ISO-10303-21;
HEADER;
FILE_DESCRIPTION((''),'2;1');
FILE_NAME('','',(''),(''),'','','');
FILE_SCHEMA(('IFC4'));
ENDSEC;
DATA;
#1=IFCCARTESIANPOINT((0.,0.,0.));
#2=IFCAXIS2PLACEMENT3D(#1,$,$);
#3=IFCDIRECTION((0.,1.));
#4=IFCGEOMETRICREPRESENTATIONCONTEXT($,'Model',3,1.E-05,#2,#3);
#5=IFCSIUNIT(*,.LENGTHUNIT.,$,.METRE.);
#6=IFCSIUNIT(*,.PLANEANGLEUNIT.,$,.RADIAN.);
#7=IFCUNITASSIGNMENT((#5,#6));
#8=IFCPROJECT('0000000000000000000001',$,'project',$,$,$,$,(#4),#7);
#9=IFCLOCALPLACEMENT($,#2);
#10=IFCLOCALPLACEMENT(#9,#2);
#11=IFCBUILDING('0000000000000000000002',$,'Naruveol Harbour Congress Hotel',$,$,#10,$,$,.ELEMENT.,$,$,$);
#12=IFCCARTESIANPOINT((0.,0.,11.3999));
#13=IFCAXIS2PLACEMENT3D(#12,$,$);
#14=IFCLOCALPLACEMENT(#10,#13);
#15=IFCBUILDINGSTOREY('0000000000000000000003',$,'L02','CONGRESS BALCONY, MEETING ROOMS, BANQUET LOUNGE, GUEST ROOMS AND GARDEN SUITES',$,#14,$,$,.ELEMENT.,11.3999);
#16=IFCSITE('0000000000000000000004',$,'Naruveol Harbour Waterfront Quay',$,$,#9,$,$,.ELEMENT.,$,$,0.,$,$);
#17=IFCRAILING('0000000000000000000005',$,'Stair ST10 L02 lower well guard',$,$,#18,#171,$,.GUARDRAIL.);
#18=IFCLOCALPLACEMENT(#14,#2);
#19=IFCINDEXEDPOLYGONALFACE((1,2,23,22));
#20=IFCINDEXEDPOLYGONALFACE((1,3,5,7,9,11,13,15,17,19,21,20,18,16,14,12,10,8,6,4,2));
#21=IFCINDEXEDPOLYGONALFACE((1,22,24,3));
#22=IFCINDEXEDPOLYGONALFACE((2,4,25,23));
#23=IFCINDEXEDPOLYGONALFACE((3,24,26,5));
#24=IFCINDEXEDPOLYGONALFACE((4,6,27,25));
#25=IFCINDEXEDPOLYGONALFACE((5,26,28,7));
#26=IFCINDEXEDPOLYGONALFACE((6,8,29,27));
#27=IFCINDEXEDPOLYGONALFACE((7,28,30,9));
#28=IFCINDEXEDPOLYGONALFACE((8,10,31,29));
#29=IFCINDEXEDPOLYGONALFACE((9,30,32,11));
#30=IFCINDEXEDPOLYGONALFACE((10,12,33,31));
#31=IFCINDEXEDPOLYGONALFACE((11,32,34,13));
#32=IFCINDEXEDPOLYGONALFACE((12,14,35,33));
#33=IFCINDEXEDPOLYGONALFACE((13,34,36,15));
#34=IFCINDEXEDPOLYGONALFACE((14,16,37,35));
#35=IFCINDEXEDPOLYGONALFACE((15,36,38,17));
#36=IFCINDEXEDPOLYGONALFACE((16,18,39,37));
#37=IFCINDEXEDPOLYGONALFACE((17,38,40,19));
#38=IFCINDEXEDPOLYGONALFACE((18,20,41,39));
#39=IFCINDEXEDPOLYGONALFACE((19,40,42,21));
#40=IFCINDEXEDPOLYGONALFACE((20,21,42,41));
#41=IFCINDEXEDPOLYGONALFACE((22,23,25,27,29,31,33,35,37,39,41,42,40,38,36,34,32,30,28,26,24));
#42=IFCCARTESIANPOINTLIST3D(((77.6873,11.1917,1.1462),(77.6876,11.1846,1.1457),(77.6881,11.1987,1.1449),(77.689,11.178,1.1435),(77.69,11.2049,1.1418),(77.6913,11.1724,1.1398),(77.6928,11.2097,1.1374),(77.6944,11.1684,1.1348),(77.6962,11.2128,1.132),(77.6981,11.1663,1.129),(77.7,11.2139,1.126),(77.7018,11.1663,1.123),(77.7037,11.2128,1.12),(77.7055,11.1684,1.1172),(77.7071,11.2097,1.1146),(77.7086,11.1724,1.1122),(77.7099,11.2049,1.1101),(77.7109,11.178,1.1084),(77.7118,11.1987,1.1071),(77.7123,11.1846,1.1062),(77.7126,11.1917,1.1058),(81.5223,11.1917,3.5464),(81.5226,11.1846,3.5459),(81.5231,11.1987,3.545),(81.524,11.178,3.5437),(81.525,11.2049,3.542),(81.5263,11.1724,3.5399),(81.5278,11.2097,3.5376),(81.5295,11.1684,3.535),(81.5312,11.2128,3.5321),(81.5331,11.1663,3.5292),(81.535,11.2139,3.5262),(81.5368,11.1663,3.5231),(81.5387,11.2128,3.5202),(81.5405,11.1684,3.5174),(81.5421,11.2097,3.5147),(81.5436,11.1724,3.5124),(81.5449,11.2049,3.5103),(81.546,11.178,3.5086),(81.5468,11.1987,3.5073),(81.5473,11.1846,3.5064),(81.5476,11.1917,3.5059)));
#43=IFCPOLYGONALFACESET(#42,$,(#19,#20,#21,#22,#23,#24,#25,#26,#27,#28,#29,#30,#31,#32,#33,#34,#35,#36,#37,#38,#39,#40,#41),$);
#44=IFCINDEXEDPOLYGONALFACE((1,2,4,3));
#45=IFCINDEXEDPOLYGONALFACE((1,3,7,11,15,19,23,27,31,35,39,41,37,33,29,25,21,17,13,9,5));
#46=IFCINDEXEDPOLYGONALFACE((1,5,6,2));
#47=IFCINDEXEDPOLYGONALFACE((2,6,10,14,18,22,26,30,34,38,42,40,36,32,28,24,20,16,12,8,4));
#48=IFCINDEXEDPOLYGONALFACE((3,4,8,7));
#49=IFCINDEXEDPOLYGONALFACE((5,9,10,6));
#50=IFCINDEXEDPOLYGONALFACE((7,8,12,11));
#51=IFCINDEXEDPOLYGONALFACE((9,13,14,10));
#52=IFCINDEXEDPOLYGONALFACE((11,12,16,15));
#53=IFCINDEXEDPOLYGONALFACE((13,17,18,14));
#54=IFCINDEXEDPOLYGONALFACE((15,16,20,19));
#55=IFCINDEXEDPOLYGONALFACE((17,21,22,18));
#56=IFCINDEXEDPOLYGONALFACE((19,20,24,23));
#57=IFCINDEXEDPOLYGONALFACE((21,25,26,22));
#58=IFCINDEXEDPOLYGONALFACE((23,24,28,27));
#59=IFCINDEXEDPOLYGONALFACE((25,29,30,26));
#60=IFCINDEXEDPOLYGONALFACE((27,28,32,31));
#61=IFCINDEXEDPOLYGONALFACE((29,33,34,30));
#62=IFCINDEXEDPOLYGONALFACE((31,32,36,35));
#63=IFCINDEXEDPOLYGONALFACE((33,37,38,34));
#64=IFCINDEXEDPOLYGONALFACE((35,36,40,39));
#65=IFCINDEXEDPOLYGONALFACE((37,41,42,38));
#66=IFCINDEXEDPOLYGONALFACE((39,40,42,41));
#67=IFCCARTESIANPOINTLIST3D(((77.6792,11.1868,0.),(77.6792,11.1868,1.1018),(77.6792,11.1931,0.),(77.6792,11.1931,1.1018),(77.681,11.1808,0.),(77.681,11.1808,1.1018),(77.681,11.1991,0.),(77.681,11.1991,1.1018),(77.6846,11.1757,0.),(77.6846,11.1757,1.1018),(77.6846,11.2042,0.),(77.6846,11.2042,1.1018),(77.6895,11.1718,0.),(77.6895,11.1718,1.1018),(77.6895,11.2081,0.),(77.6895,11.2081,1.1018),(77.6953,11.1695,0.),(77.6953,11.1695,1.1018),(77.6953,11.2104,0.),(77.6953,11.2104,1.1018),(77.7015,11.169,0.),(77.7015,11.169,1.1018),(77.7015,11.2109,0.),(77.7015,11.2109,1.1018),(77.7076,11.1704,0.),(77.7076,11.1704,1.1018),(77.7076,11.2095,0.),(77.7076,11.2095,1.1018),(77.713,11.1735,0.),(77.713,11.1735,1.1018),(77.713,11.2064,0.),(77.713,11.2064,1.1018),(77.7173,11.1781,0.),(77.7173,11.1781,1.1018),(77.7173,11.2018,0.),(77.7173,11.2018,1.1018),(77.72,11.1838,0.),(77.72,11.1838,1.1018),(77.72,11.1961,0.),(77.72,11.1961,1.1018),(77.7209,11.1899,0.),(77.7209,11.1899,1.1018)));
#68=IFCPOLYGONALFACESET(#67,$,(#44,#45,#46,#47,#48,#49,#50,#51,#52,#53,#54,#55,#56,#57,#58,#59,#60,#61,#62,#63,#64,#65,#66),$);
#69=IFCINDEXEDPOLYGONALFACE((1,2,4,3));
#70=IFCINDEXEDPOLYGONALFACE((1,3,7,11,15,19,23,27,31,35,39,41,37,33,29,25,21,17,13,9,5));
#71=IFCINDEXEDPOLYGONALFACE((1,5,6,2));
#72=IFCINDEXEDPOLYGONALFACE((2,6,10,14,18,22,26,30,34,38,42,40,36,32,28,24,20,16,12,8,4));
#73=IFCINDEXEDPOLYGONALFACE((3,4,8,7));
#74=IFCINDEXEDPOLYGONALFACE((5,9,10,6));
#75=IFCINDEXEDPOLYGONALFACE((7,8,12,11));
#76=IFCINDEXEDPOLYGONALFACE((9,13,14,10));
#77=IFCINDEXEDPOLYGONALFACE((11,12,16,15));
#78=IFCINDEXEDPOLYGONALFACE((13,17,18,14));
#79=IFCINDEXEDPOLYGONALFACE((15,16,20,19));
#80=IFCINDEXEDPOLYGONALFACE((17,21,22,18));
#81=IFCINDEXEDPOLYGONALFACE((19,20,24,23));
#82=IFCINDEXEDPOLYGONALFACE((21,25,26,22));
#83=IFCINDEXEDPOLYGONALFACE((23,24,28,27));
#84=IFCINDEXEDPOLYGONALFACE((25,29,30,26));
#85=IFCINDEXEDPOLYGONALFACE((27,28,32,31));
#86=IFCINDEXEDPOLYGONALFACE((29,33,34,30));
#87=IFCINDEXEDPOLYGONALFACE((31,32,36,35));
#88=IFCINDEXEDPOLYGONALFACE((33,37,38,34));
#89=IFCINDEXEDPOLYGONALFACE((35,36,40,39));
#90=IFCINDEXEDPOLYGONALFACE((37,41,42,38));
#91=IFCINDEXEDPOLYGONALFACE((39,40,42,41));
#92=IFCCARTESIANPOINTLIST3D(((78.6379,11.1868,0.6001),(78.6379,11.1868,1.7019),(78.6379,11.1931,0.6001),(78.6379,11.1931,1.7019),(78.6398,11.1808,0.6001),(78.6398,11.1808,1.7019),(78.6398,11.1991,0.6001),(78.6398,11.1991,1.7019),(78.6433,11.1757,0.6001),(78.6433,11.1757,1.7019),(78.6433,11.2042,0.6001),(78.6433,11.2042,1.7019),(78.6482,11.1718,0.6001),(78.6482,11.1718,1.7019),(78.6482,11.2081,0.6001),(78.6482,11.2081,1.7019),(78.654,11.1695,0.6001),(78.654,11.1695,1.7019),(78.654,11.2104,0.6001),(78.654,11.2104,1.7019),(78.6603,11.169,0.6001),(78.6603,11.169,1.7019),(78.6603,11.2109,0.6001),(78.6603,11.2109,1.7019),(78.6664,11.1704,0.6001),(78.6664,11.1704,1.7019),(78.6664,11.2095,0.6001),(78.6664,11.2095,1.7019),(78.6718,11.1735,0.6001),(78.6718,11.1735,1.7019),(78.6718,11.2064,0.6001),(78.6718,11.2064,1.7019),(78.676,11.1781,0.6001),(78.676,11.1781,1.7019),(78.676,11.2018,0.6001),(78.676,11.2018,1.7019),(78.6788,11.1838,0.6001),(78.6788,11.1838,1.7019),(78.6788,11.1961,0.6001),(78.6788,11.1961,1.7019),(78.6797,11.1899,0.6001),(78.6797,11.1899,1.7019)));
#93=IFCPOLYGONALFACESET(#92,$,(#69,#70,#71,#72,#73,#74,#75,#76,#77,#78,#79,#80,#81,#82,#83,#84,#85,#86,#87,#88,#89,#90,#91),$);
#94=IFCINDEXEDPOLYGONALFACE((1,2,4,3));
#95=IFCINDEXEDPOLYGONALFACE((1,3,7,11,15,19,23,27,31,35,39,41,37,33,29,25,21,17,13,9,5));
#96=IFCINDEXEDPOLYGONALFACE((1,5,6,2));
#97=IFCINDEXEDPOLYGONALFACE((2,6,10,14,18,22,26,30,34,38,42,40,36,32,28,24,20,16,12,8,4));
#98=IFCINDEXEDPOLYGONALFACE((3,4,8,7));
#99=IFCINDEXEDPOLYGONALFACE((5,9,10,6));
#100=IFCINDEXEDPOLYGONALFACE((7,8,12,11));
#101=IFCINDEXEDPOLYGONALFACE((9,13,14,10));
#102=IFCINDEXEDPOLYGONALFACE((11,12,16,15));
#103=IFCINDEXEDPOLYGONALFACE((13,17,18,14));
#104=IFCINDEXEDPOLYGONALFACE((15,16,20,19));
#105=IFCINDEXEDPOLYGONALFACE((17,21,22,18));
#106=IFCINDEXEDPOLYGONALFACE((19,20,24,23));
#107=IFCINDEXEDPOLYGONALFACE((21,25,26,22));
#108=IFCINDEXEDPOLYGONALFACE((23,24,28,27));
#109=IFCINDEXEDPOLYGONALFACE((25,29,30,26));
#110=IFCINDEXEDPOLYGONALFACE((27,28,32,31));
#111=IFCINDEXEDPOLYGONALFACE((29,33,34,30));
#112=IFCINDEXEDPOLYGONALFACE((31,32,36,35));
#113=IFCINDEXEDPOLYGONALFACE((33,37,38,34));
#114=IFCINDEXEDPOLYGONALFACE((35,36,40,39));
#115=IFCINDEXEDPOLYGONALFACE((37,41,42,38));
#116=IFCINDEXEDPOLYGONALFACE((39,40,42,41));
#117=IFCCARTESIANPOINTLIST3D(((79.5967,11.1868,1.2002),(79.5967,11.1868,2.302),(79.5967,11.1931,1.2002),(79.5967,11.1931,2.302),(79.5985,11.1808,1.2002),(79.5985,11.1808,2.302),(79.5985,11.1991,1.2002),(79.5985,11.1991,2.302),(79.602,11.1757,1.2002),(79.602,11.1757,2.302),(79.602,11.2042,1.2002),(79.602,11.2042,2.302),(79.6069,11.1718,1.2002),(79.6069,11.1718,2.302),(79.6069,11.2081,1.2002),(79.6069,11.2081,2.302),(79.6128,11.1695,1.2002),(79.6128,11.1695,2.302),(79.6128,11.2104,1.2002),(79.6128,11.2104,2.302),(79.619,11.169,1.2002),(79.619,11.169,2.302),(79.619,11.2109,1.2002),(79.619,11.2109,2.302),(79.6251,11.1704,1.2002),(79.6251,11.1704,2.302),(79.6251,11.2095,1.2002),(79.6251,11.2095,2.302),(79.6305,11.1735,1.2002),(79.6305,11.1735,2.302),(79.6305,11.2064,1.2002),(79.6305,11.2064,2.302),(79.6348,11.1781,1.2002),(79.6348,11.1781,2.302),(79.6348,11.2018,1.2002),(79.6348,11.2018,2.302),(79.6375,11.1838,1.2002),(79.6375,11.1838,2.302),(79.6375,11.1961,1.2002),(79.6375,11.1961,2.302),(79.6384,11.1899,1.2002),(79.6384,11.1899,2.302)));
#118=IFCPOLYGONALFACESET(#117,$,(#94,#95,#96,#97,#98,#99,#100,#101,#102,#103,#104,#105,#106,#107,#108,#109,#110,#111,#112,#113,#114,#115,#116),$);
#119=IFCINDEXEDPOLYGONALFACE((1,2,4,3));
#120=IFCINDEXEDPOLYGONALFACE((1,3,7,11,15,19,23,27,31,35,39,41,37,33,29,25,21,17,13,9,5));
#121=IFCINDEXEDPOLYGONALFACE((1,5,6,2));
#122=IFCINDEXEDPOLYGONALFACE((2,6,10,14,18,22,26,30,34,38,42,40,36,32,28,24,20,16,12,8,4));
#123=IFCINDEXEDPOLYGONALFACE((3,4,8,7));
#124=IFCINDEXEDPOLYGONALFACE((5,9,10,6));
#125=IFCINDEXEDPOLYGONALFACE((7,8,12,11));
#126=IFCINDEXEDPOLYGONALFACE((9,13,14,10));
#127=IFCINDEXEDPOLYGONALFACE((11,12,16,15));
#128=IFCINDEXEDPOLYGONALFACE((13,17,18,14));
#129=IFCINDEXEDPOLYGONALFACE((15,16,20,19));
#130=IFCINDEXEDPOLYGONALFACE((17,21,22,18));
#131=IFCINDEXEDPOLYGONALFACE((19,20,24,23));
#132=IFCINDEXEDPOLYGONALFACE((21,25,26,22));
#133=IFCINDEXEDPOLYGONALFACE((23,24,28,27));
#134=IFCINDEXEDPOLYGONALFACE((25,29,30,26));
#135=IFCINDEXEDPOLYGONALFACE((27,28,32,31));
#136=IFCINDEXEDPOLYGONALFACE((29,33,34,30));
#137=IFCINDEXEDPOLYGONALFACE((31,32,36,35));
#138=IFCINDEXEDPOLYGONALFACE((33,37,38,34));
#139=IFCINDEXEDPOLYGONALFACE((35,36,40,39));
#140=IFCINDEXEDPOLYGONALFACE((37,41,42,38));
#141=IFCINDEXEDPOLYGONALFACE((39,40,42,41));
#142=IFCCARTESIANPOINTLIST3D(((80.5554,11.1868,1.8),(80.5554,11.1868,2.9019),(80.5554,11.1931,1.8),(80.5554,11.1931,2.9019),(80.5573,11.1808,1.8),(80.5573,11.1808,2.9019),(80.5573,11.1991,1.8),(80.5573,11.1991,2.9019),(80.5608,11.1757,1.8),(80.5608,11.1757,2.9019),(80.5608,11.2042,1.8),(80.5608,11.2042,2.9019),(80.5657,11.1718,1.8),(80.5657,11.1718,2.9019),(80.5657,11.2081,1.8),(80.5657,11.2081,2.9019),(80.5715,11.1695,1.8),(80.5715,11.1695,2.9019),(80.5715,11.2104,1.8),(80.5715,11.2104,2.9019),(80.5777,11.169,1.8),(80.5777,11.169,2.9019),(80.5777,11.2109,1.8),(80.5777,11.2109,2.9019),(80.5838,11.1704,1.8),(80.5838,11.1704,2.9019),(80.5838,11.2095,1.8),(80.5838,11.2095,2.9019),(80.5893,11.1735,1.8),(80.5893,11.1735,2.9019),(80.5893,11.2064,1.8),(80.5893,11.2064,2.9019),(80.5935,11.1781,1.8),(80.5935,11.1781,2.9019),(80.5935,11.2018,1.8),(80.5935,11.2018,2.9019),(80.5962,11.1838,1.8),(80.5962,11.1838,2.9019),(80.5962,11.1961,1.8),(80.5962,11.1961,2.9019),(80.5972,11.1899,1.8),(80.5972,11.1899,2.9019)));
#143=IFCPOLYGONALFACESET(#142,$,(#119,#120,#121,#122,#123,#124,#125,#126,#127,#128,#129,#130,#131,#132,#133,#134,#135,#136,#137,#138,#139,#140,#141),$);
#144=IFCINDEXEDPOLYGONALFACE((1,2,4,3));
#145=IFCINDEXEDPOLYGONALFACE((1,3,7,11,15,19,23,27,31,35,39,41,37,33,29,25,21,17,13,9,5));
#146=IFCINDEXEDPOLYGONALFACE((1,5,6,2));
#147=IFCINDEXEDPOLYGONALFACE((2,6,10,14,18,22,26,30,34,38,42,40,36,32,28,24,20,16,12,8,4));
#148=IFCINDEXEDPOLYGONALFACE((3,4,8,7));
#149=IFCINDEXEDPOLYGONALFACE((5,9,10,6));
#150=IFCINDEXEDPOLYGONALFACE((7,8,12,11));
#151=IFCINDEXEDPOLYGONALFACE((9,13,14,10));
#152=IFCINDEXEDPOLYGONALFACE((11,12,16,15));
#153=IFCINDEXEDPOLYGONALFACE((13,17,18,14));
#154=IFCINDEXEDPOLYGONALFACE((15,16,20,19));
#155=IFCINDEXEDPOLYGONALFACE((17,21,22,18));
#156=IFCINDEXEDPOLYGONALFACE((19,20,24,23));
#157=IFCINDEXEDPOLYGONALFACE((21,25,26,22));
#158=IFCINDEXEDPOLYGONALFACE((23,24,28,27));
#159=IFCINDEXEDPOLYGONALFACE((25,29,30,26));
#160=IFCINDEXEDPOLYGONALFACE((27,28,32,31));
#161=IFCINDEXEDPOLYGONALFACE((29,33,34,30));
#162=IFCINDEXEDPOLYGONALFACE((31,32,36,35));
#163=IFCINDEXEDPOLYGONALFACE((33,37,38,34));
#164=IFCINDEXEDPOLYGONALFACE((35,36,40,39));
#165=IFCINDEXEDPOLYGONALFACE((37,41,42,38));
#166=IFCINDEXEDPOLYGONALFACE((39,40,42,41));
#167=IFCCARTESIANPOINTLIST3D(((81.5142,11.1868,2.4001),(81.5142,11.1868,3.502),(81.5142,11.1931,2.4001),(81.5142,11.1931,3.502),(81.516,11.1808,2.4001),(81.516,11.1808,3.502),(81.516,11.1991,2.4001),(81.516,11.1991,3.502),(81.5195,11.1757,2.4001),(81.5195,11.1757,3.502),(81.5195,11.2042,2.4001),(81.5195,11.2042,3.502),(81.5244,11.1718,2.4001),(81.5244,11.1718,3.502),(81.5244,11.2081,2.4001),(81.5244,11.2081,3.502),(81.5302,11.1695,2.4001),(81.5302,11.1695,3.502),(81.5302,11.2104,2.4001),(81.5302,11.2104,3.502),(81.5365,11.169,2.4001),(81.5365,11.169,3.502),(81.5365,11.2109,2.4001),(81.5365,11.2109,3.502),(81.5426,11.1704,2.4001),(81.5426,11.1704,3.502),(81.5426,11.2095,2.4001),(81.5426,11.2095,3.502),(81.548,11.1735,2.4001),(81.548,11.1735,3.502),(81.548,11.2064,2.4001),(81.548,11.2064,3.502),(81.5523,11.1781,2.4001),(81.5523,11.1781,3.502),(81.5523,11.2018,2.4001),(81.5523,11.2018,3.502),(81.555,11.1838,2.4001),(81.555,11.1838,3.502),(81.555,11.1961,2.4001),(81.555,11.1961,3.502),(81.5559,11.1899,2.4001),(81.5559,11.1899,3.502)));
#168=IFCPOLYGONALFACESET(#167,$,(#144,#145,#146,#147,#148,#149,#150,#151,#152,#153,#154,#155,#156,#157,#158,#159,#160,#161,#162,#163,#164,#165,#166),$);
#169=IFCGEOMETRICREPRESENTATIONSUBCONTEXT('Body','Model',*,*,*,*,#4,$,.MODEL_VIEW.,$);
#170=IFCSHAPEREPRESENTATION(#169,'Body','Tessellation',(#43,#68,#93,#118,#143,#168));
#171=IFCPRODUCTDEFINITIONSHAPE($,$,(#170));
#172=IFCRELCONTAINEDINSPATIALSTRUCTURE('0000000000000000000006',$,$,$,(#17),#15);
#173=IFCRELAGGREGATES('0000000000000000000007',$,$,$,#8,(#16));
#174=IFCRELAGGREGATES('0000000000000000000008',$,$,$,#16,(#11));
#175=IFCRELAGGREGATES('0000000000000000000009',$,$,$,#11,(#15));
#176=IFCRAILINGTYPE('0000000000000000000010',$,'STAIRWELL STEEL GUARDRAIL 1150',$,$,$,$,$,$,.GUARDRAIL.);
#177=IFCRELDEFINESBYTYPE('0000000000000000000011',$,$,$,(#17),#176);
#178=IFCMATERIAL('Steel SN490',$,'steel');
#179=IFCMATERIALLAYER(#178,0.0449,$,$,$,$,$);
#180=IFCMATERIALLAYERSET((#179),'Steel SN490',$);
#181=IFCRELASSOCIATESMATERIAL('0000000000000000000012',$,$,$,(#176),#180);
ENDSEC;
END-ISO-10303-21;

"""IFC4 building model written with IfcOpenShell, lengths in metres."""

from ifc_helpers import new_model, si_unit, direction, frame, origin, origin_2d, place, context, subcontext, project, spatial, circle, extrude, material, layer, layer_set, type_object, element, save


model = new_model("IFC4")

# Units and contexts
model_context = context("Model", 3, precision=1e-05, world=origin(), true_north=direction((0.0, 1.0)))
body_context = subcontext(model_context, "Body", "Model", "MODEL_VIEW")
ifc_project = project(units=[si_unit("LENGTHUNIT", "METRE"), si_unit("PLANEANGLEUNIT", "RADIAN")], contexts=[model_context])

# Site, building, storey
site_placement = place(None, origin())
site = spatial("IfcSite", under=ifc_project, at=site_placement, Name="Naruveol Harbour Waterfront Quay", CompositionType="ELEMENT", RefElevation=0.0)
building_placement = place(site_placement, origin())
building = spatial("IfcBuilding", under=site, at=building_placement, Name="Naruveol Harbour Congress Hotel", CompositionType="ELEMENT")
storey_placement = place(building_placement, frame((0.0, 0.0, 11.3999)))
storey = spatial("IfcBuildingStorey", under=building, at=storey_placement, Name="L02", Description="CONGRESS BALCONY, MEETING ROOMS, BANQUET LOUNGE, GUEST ROOMS AND GARDEN SUITES", CompositionType="ELEMENT", Elevation=11.3999)

# Railing
ifc_material_1 = material(Name="Steel SN490", Category="steel")
ifc_layer_1 = layer(ifc_material_1, 0.0449)
ifc_layer_set_1 = layer_set([ifc_layer_1], Name="Steel SN490")
railing_type_1 = type_object("IfcRailingType", Name="STAIRWELL STEEL GUARDRAIL 1150", PredefinedType="GUARDRAIL", material=ifc_layer_set_1)
railing_1_placement = place(storey_placement, frame((77.7, 11.1899, 0.0)))
element("IfcRailing", 1, at=railing_1_placement, inside=storey, type_object=railing_type_1, Name="Stair ST10 L02 lower well guard", PredefinedType="GUARDRAIL", context=body_context, shape_type="SweptSolid", body=[
    extrude(circle(Radius=0.0239, at=origin_2d()), frame((0.0, 0.0, 1.126), z_axis=(0.847671, 0.0, 0.530523), x_axis=(0.0, 1.0, 0.0)), (0.0, 0.0, 1.0), 4.5242),
    extrude(circle(Radius=0.021, at=origin_2d()), origin(), (0.0, 0.0, 1.0), 1.1018),
    extrude(circle(Radius=0.021, at=origin_2d()), frame((0.9587, 0.0, 0.6001)), (0.0, 0.0, 1.0), 1.1018),
    extrude(circle(Radius=0.021, at=origin_2d()), frame((1.9175, 0.0, 1.2002)), (0.0, 0.0, 1.0), 1.1018),
    extrude(circle(Radius=0.021, at=origin_2d()), frame((2.8762, 0.0, 1.8)), (0.0, 0.0, 1.0), 1.1018),
    extrude(circle(Radius=0.021, at=origin_2d()), frame((3.835, 0.0, 2.4001)), (0.0, 0.0, 1.0), 1.1018),
])

save(model, "model.ifc")
